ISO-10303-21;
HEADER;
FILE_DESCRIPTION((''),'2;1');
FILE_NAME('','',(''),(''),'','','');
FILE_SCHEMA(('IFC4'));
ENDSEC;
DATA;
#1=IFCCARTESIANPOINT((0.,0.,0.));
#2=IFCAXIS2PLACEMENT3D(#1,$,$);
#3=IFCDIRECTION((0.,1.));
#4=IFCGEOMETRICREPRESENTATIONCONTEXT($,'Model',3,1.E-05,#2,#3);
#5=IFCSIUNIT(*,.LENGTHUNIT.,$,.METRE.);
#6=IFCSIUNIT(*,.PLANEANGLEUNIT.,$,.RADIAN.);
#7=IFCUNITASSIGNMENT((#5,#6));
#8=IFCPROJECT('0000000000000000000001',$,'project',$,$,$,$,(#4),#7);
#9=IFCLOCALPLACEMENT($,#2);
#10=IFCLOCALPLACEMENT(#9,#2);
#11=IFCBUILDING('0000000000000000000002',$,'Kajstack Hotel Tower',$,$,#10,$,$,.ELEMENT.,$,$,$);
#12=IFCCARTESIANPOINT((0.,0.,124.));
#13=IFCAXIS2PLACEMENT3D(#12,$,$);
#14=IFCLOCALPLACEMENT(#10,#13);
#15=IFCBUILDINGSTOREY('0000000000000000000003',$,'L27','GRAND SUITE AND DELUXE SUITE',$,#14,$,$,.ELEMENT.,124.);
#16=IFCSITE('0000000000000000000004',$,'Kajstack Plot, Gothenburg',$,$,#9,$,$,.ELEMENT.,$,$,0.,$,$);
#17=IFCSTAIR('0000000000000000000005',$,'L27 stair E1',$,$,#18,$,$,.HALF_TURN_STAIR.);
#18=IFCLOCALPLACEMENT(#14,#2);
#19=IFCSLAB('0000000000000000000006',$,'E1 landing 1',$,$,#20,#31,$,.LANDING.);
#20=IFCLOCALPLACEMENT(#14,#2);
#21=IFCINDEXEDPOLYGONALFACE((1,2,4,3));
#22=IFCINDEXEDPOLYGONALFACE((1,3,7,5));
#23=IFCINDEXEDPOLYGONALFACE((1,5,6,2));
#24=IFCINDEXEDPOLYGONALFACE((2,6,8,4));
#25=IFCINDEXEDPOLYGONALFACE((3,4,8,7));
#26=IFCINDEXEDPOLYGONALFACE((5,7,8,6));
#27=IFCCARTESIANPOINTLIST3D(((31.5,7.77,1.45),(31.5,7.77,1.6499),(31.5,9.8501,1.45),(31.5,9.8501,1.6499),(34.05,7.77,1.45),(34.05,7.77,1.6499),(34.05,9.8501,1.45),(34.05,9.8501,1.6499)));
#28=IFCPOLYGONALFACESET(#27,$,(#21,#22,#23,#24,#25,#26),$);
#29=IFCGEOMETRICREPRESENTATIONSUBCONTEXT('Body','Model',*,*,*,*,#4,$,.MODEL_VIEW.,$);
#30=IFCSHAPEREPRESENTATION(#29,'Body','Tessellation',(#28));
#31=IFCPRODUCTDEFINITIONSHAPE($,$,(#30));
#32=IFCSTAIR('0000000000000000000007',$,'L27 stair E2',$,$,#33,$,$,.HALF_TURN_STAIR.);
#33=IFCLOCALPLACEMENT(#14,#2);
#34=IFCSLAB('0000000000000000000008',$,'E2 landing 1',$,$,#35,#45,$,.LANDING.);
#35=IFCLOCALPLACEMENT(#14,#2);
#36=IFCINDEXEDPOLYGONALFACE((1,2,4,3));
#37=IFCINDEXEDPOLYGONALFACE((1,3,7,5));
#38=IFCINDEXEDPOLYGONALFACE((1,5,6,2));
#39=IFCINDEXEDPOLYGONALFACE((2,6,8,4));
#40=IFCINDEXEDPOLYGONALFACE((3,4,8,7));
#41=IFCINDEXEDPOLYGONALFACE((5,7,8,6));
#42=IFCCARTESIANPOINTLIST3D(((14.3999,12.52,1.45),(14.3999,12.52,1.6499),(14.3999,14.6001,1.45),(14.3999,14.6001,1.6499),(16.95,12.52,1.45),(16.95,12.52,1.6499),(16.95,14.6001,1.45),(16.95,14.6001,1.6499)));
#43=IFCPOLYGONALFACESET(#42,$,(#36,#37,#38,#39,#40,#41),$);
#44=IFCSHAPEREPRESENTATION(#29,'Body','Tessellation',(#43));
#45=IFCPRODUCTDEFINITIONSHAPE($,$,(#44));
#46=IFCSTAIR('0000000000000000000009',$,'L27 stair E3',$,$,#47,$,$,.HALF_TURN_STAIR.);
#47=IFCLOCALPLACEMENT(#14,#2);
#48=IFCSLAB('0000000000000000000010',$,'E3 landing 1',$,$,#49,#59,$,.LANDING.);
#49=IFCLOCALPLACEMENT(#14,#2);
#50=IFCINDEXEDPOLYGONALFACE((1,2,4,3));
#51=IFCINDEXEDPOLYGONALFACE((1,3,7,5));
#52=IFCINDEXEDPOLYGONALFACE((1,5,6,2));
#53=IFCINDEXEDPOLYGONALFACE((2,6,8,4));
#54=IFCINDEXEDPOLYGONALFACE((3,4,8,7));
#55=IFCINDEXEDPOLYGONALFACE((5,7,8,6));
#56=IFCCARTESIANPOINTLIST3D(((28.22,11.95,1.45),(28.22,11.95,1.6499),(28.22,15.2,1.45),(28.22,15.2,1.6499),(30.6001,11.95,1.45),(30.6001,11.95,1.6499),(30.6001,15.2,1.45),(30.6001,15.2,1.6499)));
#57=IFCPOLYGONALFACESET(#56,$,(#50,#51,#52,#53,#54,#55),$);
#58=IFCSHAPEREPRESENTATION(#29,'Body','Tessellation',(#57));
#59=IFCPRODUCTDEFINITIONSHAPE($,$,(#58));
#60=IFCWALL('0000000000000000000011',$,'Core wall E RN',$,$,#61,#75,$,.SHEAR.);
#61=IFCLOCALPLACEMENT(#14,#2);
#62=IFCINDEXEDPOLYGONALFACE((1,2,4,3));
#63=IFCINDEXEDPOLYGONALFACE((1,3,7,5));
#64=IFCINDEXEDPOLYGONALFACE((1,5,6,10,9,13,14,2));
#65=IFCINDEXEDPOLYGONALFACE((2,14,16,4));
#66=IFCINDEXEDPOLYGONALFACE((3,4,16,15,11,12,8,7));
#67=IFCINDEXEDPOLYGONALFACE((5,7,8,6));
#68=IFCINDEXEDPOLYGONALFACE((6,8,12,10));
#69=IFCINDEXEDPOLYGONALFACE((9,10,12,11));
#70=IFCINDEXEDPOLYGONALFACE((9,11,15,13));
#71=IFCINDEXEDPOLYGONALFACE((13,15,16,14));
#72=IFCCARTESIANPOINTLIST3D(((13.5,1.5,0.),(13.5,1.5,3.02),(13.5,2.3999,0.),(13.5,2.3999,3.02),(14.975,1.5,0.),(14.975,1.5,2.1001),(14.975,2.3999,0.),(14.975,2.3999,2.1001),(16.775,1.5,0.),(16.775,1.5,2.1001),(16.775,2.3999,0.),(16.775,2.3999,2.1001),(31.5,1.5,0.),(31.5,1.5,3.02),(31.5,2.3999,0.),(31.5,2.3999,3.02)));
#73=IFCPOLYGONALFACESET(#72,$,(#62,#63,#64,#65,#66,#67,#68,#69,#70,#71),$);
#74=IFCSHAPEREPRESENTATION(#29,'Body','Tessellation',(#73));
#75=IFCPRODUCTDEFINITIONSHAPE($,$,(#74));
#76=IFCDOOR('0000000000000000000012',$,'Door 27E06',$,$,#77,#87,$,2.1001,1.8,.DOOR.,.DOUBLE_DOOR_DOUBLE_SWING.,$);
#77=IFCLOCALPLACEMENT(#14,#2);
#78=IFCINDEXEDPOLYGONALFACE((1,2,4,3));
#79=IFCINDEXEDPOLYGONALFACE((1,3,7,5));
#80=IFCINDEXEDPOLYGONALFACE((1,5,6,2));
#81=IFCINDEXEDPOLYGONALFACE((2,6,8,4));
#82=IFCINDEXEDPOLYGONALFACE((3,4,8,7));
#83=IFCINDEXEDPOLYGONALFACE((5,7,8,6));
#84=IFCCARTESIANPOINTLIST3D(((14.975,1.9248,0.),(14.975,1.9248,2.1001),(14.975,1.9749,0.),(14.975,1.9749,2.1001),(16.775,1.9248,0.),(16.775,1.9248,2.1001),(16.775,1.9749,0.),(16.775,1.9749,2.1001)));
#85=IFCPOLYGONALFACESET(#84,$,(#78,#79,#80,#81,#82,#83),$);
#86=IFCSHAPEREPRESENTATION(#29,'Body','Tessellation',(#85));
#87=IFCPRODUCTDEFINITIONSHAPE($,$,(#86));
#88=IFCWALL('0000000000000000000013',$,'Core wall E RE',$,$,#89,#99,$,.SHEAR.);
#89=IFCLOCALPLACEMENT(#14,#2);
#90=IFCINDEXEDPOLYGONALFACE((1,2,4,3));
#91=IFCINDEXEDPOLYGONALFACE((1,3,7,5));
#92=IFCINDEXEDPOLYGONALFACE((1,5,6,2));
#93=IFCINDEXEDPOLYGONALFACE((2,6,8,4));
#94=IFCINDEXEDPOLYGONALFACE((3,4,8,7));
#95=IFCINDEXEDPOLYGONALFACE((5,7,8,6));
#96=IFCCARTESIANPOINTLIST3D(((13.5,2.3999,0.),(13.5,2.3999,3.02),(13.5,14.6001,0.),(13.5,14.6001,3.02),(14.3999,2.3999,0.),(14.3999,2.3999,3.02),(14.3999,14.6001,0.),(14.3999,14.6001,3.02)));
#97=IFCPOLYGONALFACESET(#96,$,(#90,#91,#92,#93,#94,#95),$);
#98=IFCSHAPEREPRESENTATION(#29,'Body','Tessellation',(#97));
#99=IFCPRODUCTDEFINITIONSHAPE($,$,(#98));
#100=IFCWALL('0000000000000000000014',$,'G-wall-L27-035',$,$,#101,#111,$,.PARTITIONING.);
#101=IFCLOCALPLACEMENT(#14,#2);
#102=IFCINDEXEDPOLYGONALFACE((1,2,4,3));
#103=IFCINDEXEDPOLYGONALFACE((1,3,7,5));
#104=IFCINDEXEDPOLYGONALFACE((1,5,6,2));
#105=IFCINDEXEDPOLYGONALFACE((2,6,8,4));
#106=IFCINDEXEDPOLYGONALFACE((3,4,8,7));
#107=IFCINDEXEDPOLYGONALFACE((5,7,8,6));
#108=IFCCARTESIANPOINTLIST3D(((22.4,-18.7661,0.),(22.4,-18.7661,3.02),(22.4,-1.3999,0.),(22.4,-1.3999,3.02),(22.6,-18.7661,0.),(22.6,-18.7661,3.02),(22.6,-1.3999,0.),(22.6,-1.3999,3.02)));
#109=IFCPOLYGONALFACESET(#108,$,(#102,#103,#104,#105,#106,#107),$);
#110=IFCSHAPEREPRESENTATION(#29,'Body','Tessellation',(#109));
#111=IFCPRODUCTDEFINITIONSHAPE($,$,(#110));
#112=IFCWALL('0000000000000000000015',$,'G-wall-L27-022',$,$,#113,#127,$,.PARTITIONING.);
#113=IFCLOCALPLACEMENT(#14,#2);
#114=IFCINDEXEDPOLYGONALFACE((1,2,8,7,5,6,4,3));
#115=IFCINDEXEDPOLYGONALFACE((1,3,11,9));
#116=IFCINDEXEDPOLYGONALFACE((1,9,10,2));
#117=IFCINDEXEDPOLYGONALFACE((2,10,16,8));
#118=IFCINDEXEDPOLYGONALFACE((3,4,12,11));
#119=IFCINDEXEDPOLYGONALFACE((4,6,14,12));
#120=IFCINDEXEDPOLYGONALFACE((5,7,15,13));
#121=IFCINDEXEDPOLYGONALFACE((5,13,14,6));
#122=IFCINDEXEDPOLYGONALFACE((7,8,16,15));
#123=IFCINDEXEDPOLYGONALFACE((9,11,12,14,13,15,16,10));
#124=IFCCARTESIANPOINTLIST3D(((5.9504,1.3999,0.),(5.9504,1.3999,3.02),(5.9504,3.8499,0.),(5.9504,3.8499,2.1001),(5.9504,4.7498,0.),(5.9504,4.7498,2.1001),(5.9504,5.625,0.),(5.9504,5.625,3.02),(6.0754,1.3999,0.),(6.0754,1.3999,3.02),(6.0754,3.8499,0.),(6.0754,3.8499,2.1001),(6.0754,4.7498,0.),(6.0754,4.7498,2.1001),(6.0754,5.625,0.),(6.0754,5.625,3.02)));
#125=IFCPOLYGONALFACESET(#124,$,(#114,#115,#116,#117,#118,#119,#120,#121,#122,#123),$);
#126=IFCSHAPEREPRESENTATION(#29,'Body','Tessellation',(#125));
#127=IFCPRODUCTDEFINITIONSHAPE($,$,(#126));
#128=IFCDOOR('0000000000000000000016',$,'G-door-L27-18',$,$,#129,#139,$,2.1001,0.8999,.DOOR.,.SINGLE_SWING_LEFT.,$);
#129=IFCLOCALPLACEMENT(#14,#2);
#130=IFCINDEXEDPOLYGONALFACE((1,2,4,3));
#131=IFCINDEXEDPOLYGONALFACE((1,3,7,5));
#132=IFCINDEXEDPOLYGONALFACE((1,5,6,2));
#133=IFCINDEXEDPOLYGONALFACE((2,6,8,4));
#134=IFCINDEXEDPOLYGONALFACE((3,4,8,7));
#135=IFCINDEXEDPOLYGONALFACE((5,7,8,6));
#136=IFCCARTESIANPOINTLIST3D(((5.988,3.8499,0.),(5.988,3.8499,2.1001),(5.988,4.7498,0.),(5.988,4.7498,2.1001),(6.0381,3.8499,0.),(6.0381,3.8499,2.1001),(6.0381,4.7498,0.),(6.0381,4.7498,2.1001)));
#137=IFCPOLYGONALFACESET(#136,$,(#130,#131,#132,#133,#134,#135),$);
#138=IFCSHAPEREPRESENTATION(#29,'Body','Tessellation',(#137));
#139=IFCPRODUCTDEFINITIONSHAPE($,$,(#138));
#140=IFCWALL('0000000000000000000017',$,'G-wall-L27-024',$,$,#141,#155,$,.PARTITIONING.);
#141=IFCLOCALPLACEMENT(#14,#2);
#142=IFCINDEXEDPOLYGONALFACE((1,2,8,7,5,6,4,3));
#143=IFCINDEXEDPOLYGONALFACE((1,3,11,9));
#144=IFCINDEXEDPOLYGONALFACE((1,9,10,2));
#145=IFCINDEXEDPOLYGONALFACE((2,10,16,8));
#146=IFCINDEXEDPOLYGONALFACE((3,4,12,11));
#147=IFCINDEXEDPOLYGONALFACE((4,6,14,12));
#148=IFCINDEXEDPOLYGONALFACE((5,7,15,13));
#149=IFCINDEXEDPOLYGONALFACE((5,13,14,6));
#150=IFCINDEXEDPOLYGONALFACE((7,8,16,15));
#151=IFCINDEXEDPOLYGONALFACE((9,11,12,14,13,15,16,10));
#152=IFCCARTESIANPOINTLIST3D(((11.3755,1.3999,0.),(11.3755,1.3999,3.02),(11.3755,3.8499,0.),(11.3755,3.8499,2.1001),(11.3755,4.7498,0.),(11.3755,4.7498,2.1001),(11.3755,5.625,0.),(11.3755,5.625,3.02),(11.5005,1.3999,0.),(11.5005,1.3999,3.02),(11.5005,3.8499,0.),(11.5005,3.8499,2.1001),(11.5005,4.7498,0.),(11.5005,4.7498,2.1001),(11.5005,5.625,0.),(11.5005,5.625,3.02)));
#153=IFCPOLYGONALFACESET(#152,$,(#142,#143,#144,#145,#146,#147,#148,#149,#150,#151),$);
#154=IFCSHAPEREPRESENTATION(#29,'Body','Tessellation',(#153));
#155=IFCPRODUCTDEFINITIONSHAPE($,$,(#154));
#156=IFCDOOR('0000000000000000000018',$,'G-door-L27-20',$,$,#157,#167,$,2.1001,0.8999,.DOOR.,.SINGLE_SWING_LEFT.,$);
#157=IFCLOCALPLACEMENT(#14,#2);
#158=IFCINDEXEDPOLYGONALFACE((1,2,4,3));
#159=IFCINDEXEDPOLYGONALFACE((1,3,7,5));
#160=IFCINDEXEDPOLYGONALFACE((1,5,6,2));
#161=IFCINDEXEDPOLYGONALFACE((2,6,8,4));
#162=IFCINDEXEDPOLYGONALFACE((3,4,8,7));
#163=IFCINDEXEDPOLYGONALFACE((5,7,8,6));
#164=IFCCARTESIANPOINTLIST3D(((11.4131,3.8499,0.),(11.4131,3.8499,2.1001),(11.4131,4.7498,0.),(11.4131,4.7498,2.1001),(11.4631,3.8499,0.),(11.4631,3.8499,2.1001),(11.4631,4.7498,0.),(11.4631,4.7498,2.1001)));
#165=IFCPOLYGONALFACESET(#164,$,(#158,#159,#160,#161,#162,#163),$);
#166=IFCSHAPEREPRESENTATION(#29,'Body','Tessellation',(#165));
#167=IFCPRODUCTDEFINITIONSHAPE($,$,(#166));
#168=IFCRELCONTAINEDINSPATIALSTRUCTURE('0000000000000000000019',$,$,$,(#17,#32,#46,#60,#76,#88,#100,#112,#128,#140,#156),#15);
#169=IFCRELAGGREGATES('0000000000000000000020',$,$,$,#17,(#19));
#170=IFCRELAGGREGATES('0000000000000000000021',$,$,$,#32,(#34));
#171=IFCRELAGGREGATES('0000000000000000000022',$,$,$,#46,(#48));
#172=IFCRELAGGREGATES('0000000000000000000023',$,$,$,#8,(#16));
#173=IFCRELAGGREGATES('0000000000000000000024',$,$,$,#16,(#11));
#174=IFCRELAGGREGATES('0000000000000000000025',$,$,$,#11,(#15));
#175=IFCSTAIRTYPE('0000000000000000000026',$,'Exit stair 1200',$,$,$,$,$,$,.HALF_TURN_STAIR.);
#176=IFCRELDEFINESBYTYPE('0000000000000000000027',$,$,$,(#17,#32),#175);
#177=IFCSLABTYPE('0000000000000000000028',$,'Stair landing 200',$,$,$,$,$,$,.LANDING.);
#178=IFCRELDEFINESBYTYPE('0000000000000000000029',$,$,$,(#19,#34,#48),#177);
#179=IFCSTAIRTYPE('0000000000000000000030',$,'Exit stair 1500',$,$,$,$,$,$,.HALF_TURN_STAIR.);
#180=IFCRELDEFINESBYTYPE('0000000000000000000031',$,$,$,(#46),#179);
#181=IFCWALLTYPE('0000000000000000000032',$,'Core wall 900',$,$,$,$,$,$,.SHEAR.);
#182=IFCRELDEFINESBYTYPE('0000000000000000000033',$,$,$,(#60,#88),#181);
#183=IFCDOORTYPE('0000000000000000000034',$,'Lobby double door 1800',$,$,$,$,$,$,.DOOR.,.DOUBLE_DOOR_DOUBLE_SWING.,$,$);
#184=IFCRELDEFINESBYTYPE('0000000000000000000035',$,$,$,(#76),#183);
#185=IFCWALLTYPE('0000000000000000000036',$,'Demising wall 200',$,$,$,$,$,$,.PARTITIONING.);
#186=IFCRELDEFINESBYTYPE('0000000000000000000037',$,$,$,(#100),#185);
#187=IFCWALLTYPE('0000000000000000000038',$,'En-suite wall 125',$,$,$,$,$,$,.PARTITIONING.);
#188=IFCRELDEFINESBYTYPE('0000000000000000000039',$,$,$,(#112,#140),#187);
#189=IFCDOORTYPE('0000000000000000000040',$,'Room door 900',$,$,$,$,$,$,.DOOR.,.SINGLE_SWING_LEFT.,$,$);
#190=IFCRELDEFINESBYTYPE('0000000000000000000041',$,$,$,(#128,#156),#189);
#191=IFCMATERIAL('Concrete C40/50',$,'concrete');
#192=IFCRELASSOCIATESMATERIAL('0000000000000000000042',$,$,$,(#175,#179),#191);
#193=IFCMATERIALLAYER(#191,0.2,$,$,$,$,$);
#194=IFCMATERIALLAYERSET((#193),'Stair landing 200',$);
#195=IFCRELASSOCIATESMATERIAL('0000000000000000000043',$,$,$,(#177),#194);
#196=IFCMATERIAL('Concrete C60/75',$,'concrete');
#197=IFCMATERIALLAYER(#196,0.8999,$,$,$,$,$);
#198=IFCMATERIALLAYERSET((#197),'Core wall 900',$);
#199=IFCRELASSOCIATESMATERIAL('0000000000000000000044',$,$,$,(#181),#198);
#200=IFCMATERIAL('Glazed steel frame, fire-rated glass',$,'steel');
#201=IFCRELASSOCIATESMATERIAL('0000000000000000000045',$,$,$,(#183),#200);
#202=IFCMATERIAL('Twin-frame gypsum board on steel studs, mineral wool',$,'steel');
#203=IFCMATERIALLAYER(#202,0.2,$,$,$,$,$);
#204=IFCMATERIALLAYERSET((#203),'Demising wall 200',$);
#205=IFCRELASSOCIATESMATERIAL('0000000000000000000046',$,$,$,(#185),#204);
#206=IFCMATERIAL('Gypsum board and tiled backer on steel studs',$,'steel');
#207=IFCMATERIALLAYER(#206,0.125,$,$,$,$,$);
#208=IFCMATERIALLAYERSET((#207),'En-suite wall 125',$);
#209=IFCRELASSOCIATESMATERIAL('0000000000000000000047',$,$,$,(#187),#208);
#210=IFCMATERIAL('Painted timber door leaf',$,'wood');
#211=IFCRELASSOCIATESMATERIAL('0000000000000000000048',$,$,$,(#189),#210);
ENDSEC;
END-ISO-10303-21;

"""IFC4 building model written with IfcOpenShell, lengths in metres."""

from ifc_helpers import new_model, si_unit, direction, frame, frame_2d, origin, place, context, subcontext, project, spatial, polyline, rectangle, outline, extrude, material, layer, layer_set, type_object, element, fill, aggregate, save


model = new_model("IFC4")

# Units and contexts
model_context = context("Model", 3, precision=1e-05, world=origin(), true_north=direction((0.0, 1.0)))
body_context = subcontext(model_context, "Body", "Model", "MODEL_VIEW")
ifc_project = project(units=[si_unit("LENGTHUNIT", "METRE"), si_unit("PLANEANGLEUNIT", "RADIAN")], contexts=[model_context])

# Site, building, storey
site_placement = place(None, origin())
site = spatial("IfcSite", under=ifc_project, at=site_placement, Name="Kajstack Plot, Gothenburg", CompositionType="ELEMENT", RefElevation=0.0)
building_placement = place(site_placement, origin())
building = spatial("IfcBuilding", under=site, at=building_placement, Name="Kajstack Hotel Tower", CompositionType="ELEMENT")
storey_placement = place(building_placement, frame((0.0, 0.0, 124.0)))
storey = spatial("IfcBuildingStorey", under=building, at=storey_placement, Name="L27", Description="GRAND SUITE AND DELUXE SUITE", CompositionType="ELEMENT", Elevation=124.0)

# Stairs, slabs
ifc_material_1 = material(Name="Concrete C40/50", Category="concrete")
stair_type_1 = type_object("IfcStairType", Name="Exit stair 1200", PredefinedType="HALF_TURN_STAIR", material=ifc_material_1)
stair_1_placement = place(storey_placement, origin())
stair_1 = element("IfcStair", 1, at=stair_1_placement, inside=storey, type_object=stair_type_1, Name="L27 stair E1", PredefinedType="HALF_TURN_STAIR")
ifc_layer_1 = layer(ifc_material_1, 0.2)
ifc_layer_set_1 = layer_set([ifc_layer_1], Name="Stair landing 200")
slab_type = type_object("IfcSlabType", Name="Stair landing 200", PredefinedType="LANDING", material=ifc_layer_set_1)
slab_1_placement = place(storey_placement, frame((0.0, 0.0, 1.45)))
slab_1 = element("IfcSlab", 2, at=slab_1_placement, type_object=slab_type, Name="E1 landing 1", PredefinedType="LANDING", context=body_context, shape_type="SweptSolid", body=[
    extrude(outline(polyline([(34.05, 7.77), (34.05, 9.8501), (31.5, 9.8501), (31.5, 7.77), (34.05, 7.77)])), origin(), (0.0, 0.0, 1.0), 0.2),
])
aggregate(stair_1, [slab_1])
stair_2_placement = place(storey_placement, origin())
stair_2 = element("IfcStair", 3, at=stair_2_placement, inside=storey, type_object=stair_type_1, Name="L27 stair E2", PredefinedType="HALF_TURN_STAIR")
slab_2_placement = place(storey_placement, frame((0.0, 0.0, 1.45)))
slab_2 = element("IfcSlab", 4, at=slab_2_placement, type_object=slab_type, Name="E2 landing 1", PredefinedType="LANDING", context=body_context, shape_type="SweptSolid", body=[
    extrude(outline(polyline([(16.95, 12.52), (16.95, 14.6001), (14.3999, 14.6001), (14.3999, 12.52), (16.95, 12.52)])), origin(), (0.0, 0.0, 1.0), 0.2),
])
aggregate(stair_2, [slab_2])
stair_type_2 = type_object("IfcStairType", Name="Exit stair 1500", PredefinedType="HALF_TURN_STAIR", material=ifc_material_1)
stair_3_placement = place(storey_placement, origin())
stair_3 = element("IfcStair", 5, at=stair_3_placement, inside=storey, type_object=stair_type_2, Name="L27 stair E3", PredefinedType="HALF_TURN_STAIR")
slab_3_placement = place(storey_placement, frame((0.0, 0.0, 1.45)))
slab_3 = element("IfcSlab", 6, at=slab_3_placement, type_object=slab_type, Name="E3 landing 1", PredefinedType="LANDING", context=body_context, shape_type="SweptSolid", body=[
    extrude(outline(polyline([(28.22, 11.95), (30.6001, 11.95), (30.6001, 15.2), (28.22, 15.2), (28.22, 11.95)])), origin(), (0.0, 0.0, 1.0), 0.2),
])
aggregate(stair_3, [slab_3])

# Wall, opening, door
ifc_material_2 = material(Name="Concrete C60/75", Category="concrete")
ifc_layer_2 = layer(ifc_material_2, 0.8999)
ifc_layer_set_2 = layer_set([ifc_layer_2], Name="Core wall 900")
wall_type_1 = type_object("IfcWallType", Name="Core wall 900", PredefinedType="SHEAR", material=ifc_layer_set_2)
wall_1_placement = place(storey_placement, frame((13.5, 1.95, 0.0), z_axis=(0.0, 0.0, 1.0), x_axis=(1.0, 0.0, 0.0)))
wall_1 = element("IfcWall", 7, at=wall_1_placement, inside=storey, type_object=wall_type_1, Name="Core wall E RN", PredefinedType="SHEAR", context=body_context, shape_type="SweptSolid", body=[
    extrude(rectangle(XDim=18.0, YDim=0.8999, at=frame_2d((9.0, 0.0))), origin(), (0.0, 0.0, 1.0), 3.02),
])
opening_1_placement = place(wall_1_placement, frame((1.4751, 0.0, 0.0)))
opening_1 = element("IfcOpeningElement", 8, at=opening_1_placement, cuts=wall_1, PredefinedType="OPENING", context=body_context, shape_type="SweptSolid", body=[
    extrude(rectangle(XDim=1.8, YDim=2.1001, at=frame_2d((0.8999, 1.05))), frame((0.0, 0.46, 0.0), z_axis=(0.0, -1.0, 0.0), x_axis=(1.0, 0.0, 0.0)), (0.0, 0.0, 1.0), 0.9199),
])
ifc_material_3 = material(Name="Glazed steel frame, fire-rated glass", Category="steel")
door_type_1 = type_object("IfcDoorType", Name="Lobby double door 1800", OperationType="DOUBLE_DOOR_DOUBLE_SWING", PredefinedType="DOOR", material=ifc_material_3)
door_1_placement = place(opening_1_placement, origin())
door_1 = element("IfcDoor", 9, at=door_1_placement, inside=storey, type_object=door_type_1, Name="Door 27E06", OperationType="DOUBLE_DOOR_DOUBLE_SWING", OverallHeight=2.1001, OverallWidth=1.8, PredefinedType="DOOR", context=body_context, shape_type="SweptSolid", body=[
    extrude(rectangle(XDim=1.8, YDim=2.1001, at=frame_2d((0.8999, 1.05))), frame((0.0, 0.0249, 0.0), z_axis=(0.0, -1.0, 0.0), x_axis=(1.0, 0.0, 0.0)), (0.0, 0.0, 1.0), 0.05),
])
fill(opening_1, door_1)

# Walls
wall_2_placement = place(storey_placement, frame((13.95, 2.3999, 0.0), z_axis=(0.0, 0.0, 1.0), x_axis=(0.0, 1.0, 0.0)))
element("IfcWall", 10, at=wall_2_placement, inside=storey, type_object=wall_type_1, Name="Core wall E RE", PredefinedType="SHEAR", context=body_context, shape_type="SweptSolid", body=[
    extrude(rectangle(XDim=12.2002, YDim=0.8999, at=frame_2d((6.1001, 0.0))), origin(), (0.0, 0.0, 1.0), 3.02),
])
ifc_material_4 = material(Name="Twin-frame gypsum board on steel studs, mineral wool", Category="steel")
ifc_layer_3 = layer(ifc_material_4, 0.2)
ifc_layer_set_3 = layer_set([ifc_layer_3], Name="Demising wall 200")
wall_type_2 = type_object("IfcWallType", Name="Demising wall 200", PredefinedType="PARTITIONING", material=ifc_layer_set_3)
wall_3_placement = place(storey_placement, frame((22.5, -18.7661, 0.0), z_axis=(0.0, 0.0, 1.0), x_axis=(0.0, 1.0, 0.0)))
element("IfcWall", 11, at=wall_3_placement, inside=storey, type_object=wall_type_2, Name="G-wall-L27-035", PredefinedType="PARTITIONING", context=body_context, shape_type="SweptSolid", body=[
    extrude(rectangle(XDim=17.3662, YDim=0.2, at=frame_2d((8.6831, 0.0))), origin(), (0.0, 0.0, 1.0), 3.02),
])

# Walls, openings, doors
ifc_material_5 = material(Name="Gypsum board and tiled backer on steel studs", Category="steel")
ifc_layer_4 = layer(ifc_material_5, 0.125)
ifc_layer_set_4 = layer_set([ifc_layer_4], Name="En-suite wall 125")
wall_type_3 = type_object("IfcWallType", Name="En-suite wall 125", PredefinedType="PARTITIONING", material=ifc_layer_set_4)
wall_4_placement = place(storey_placement, frame((6.0129, 1.3999, 0.0), z_axis=(0.0, 0.0, 1.0), x_axis=(0.0, 1.0, 0.0)))
wall_4 = element("IfcWall", 12, at=wall_4_placement, inside=storey, type_object=wall_type_3, Name="G-wall-L27-022", PredefinedType="PARTITIONING", context=body_context, shape_type="SweptSolid", body=[
    extrude(rectangle(XDim=4.2251, YDim=0.125, at=frame_2d((2.1125, 0.0))), origin(), (0.0, 0.0, 1.0), 3.02),
])
opening_2_placement = place(wall_4_placement, frame((2.45, 0.0, 0.0)))
opening_2 = element("IfcOpeningElement", 13, at=opening_2_placement, cuts=wall_4, PredefinedType="OPENING", context=body_context, shape_type="SweptSolid", body=[
    extrude(rectangle(XDim=0.8999, YDim=2.1001, at=frame_2d((0.45, 1.05))), frame((0.0, 0.0725, 0.0), z_axis=(0.0, -1.0, 0.0), x_axis=(1.0, 0.0, 0.0)), (0.0, 0.0, 1.0), 0.145),
])
ifc_material_6 = material(Name="Painted timber door leaf", Category="wood")
door_type_2 = type_object("IfcDoorType", Name="Room door 900", OperationType="SINGLE_SWING_LEFT", PredefinedType="DOOR", material=ifc_material_6)
door_2_placement = place(opening_2_placement, origin())
door_2 = element("IfcDoor", 14, at=door_2_placement, inside=storey, type_object=door_type_2, Name="G-door-L27-18", OperationType="SINGLE_SWING_LEFT", OverallHeight=2.1001, OverallWidth=0.8999, PredefinedType="DOOR", context=body_context, shape_type="SweptSolid", body=[
    extrude(rectangle(XDim=0.8999, YDim=2.1001, at=frame_2d((0.45, 1.05))), frame((0.0, 0.0249, 0.0), z_axis=(0.0, -1.0, 0.0), x_axis=(1.0, 0.0, 0.0)), (0.0, 0.0, 1.0), 0.05),
])
fill(opening_2, door_2)
wall_5_placement = place(storey_placement, frame((11.438, 1.3999, 0.0), z_axis=(0.0, 0.0, 1.0), x_axis=(0.0, 1.0, 0.0)))
wall_5 = element("IfcWall", 15, at=wall_5_placement, inside=storey, type_object=wall_type_3, Name="G-wall-L27-024", PredefinedType="PARTITIONING", context=body_context, shape_type="SweptSolid", body=[
    extrude(rectangle(XDim=4.2251, YDim=0.125, at=frame_2d((2.1125, 0.0))), origin(), (0.0, 0.0, 1.0), 3.02),
])
opening_3_placement = place(wall_5_placement, frame((2.45, 0.0, 0.0)))
opening_3 = element("IfcOpeningElement", 16, at=opening_3_placement, cuts=wall_5, PredefinedType="OPENING", context=body_context, shape_type="SweptSolid", body=[
    extrude(rectangle(XDim=0.8999, YDim=2.1001, at=frame_2d((0.45, 1.05))), frame((0.0, 0.0725, 0.0), z_axis=(0.0, -1.0, 0.0), x_axis=(1.0, 0.0, 0.0)), (0.0, 0.0, 1.0), 0.145),
])
door_3_placement = place(opening_3_placement, origin())
door_3 = element("IfcDoor", 17, at=door_3_placement, inside=storey, type_object=door_type_2, Name="G-door-L27-20", OperationType="SINGLE_SWING_LEFT", OverallHeight=2.1001, OverallWidth=0.8999, PredefinedType="DOOR", context=body_context, shape_type="SweptSolid", body=[
    extrude(rectangle(XDim=0.8999, YDim=2.1001, at=frame_2d((0.45, 1.05))), frame((0.0, 0.0249, 0.0), z_axis=(0.0, -1.0, 0.0), x_axis=(1.0, 0.0, 0.0)), (0.0, 0.0, 1.0), 0.05),
])
fill(opening_3, door_3)

save(model, "model.ifc")
